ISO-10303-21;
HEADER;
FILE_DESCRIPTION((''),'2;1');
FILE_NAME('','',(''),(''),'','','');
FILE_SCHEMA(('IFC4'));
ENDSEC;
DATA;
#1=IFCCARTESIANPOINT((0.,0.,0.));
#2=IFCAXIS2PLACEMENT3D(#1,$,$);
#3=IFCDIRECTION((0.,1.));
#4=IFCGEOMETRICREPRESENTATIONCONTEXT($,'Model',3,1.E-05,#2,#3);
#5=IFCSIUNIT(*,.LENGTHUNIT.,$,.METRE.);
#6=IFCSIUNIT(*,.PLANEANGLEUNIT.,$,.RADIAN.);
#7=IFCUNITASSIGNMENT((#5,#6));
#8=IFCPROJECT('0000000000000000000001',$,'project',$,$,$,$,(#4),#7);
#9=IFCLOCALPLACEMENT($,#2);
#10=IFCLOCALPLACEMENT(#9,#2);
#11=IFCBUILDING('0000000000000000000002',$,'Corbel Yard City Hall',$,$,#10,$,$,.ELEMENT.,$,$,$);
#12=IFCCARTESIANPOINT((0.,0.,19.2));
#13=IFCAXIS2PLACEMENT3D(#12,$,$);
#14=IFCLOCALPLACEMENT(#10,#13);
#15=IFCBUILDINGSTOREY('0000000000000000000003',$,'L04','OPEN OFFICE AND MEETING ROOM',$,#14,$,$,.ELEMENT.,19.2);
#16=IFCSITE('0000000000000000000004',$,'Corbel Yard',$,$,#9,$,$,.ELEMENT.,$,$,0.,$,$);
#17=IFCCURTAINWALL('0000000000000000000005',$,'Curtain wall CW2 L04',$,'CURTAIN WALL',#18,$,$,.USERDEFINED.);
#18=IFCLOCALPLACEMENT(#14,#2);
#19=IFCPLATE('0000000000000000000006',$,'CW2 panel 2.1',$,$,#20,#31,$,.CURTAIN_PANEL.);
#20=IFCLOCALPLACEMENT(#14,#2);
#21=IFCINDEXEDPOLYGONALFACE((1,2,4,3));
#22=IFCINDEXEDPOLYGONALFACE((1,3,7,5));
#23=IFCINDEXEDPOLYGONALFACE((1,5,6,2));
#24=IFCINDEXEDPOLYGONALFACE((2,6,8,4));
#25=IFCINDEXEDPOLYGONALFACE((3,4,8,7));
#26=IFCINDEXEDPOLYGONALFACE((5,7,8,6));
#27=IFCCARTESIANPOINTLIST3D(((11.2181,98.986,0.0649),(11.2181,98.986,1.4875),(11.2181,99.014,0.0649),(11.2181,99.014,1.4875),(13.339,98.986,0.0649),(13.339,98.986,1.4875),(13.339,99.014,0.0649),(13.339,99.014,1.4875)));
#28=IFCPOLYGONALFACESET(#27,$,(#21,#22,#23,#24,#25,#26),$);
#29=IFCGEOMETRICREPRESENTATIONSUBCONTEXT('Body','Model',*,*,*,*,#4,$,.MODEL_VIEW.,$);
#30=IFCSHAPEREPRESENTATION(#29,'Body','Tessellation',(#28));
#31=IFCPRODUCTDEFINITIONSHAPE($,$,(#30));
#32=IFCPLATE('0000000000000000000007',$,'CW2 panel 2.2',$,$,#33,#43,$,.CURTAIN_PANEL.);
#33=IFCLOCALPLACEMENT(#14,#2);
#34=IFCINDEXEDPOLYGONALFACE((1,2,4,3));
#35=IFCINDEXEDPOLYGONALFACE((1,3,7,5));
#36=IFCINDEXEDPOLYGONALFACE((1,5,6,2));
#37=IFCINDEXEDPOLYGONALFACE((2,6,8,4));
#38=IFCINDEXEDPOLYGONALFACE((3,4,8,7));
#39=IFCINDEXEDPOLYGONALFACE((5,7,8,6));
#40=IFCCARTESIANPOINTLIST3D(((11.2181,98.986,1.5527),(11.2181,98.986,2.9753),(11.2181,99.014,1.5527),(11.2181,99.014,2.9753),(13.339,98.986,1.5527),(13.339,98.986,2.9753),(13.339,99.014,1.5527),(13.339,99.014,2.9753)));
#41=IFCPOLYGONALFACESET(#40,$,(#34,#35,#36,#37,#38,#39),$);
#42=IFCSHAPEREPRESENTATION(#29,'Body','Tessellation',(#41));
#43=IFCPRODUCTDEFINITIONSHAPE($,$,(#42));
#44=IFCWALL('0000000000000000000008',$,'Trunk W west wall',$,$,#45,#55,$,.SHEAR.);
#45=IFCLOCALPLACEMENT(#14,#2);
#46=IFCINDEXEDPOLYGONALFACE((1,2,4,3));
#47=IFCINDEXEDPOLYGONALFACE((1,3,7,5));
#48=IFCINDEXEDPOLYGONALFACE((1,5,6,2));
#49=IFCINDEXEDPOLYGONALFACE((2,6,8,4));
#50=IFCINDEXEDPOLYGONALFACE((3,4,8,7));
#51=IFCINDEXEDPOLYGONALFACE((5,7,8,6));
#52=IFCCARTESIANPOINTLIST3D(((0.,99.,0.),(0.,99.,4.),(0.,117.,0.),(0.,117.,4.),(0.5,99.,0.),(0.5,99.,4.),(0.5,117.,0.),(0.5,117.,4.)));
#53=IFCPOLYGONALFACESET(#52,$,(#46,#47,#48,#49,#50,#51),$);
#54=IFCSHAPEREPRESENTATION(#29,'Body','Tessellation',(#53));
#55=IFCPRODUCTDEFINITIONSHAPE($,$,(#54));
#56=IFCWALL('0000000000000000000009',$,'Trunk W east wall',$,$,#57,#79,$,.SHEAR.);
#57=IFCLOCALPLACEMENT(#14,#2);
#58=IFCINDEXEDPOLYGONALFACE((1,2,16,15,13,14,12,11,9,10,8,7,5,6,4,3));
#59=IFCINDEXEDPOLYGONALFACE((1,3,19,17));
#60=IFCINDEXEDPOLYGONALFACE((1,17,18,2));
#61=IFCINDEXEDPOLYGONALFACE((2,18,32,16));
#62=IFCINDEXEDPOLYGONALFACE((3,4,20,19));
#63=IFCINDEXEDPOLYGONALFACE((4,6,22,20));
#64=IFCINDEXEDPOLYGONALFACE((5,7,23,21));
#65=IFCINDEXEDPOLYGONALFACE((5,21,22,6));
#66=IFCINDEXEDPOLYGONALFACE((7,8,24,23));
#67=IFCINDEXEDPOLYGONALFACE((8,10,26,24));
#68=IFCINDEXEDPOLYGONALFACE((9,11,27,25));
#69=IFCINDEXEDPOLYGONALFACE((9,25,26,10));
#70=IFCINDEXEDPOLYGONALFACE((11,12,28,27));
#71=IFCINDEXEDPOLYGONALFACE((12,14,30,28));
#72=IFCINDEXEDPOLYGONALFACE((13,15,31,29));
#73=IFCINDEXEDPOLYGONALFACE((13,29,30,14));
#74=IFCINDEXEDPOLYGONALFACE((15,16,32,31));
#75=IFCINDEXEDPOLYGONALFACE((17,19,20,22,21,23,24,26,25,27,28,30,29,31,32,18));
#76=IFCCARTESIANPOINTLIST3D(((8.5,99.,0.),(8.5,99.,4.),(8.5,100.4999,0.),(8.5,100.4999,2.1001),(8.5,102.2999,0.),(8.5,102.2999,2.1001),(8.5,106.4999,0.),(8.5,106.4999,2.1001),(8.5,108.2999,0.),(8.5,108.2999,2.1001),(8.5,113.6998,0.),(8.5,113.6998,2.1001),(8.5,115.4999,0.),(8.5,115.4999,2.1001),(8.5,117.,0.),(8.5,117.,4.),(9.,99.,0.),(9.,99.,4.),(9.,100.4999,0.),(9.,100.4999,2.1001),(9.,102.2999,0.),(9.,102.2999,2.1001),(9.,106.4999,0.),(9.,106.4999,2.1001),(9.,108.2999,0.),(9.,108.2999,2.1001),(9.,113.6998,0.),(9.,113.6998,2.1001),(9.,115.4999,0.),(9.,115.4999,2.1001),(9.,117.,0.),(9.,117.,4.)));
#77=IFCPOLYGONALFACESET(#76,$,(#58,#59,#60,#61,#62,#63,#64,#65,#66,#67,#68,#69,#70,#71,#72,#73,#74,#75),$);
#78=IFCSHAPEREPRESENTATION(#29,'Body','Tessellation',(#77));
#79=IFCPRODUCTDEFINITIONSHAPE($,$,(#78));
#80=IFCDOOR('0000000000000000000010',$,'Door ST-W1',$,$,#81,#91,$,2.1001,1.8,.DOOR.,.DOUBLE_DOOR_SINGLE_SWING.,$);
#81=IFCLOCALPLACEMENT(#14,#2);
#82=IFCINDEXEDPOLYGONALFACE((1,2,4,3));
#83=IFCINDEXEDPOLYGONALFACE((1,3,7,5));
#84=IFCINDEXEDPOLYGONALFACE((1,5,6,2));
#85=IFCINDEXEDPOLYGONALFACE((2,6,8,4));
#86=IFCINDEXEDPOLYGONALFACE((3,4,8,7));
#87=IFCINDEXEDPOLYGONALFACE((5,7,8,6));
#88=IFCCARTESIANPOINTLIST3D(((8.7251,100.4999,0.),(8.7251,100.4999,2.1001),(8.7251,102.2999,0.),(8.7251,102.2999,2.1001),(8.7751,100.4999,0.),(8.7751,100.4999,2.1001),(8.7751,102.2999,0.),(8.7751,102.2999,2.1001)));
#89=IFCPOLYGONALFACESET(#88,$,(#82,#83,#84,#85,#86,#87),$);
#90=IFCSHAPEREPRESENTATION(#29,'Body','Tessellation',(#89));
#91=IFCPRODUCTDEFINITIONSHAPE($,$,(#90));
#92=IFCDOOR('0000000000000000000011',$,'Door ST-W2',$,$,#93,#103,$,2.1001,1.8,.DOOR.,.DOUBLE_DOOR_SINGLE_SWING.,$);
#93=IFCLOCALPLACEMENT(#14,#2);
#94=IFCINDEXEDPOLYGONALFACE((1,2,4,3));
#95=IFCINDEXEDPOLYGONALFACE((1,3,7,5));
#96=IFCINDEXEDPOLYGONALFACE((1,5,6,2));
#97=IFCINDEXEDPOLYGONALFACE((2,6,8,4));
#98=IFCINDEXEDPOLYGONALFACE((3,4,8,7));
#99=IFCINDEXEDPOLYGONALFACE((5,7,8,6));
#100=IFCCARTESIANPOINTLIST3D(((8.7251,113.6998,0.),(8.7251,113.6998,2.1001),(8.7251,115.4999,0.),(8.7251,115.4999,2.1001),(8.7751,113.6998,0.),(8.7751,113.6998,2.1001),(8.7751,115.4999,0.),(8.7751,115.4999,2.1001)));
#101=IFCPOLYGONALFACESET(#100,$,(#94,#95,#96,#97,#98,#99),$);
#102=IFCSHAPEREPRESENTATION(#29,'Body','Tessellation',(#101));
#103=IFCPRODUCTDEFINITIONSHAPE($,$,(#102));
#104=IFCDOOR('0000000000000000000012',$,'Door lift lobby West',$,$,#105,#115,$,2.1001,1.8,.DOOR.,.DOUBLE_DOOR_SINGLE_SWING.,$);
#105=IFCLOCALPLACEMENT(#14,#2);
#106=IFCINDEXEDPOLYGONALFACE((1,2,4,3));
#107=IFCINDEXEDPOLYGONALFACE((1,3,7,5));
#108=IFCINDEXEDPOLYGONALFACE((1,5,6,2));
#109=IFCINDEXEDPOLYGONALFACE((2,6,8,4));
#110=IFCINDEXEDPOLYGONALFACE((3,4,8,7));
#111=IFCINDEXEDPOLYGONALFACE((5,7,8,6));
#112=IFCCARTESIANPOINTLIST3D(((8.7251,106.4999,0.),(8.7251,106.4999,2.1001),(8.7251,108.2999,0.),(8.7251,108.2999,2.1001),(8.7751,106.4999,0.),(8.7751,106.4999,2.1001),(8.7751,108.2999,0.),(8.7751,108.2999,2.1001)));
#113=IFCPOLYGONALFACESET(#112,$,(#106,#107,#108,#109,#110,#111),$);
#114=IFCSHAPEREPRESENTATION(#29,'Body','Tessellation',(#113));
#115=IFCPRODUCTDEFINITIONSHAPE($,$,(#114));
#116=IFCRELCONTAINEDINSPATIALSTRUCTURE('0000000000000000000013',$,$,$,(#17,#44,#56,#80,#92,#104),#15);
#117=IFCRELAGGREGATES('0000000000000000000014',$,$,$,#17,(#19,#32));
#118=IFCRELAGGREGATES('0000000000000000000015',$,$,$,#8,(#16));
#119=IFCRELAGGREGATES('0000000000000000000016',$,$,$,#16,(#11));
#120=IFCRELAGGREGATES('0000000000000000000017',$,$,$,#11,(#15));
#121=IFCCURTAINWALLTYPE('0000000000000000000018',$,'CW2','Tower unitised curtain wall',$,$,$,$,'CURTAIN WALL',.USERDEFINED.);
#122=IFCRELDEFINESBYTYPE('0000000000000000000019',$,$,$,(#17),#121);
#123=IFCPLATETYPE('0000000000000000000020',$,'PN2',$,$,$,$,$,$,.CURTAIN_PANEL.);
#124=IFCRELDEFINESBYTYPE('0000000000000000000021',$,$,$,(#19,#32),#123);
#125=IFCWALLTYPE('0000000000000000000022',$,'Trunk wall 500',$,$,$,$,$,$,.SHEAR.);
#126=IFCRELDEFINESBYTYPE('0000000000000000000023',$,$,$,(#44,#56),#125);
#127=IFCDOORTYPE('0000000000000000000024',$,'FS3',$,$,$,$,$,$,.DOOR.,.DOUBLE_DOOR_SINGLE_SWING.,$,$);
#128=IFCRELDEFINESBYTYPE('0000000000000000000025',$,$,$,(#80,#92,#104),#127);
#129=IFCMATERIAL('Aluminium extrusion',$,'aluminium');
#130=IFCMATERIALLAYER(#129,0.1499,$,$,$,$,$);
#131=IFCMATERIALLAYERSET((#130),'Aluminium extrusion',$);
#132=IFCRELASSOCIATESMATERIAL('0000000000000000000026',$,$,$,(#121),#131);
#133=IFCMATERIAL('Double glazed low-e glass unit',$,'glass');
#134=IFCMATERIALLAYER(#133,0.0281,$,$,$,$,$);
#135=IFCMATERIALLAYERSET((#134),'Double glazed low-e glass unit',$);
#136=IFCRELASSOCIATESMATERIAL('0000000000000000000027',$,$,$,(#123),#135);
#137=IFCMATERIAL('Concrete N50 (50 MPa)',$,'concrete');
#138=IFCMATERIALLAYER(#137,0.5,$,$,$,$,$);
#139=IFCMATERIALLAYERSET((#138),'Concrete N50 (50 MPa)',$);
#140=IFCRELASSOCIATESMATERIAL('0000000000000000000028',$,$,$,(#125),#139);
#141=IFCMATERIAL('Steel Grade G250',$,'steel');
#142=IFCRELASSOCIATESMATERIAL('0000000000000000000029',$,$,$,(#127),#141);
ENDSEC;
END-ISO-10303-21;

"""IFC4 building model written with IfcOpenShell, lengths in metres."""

from ifc_helpers import new_model, si_unit, direction, frame, frame_2d, origin, origin_2d, place, context, subcontext, project, spatial, rectangle, extrude, material, layer, layer_set, type_object, element, fill, aggregate, save


model = new_model("IFC4")

# Units and contexts
model_context = context("Model", 3, precision=1e-05, world=origin(), true_north=direction((0.0, 1.0)))
body_context = subcontext(model_context, "Body", "Model", "MODEL_VIEW")
ifc_project = project(units=[si_unit("LENGTHUNIT", "METRE"), si_unit("PLANEANGLEUNIT", "RADIAN")], contexts=[model_context])

# Site, building, storey
site_placement = place(None, origin())
site = spatial("IfcSite", under=ifc_project, at=site_placement, Name="Corbel Yard", CompositionType="ELEMENT", RefElevation=0.0)
building_placement = place(site_placement, origin())
building = spatial("IfcBuilding", under=site, at=building_placement, Name="Corbel Yard City Hall", CompositionType="ELEMENT")
storey_placement = place(building_placement, frame((0.0, 0.0, 19.2)))
storey = spatial("IfcBuildingStorey", under=building, at=storey_placement, Name="L04", Description="OPEN OFFICE AND MEETING ROOM", CompositionType="ELEMENT", Elevation=19.2)

# Curtain wall, plates
ifc_material_1 = material(Name="Aluminium extrusion", Category="aluminium")
ifc_layer_1 = layer(ifc_material_1, 0.1499)
ifc_layer_set_1 = layer_set([ifc_layer_1], Name="Aluminium extrusion")
curtain_wall_type = type_object("IfcCurtainWallType", Name="CW2", Description="Tower unitised curtain wall", ElementType="CURTAIN WALL", PredefinedType="USERDEFINED", material=ifc_layer_set_1)
curtain_wall_placement = place(storey_placement, origin())
curtain_wall = element("IfcCurtainWall", 1, at=curtain_wall_placement, inside=storey, type_object=curtain_wall_type, Name="Curtain wall CW2 L04", ObjectType="CURTAIN WALL", PredefinedType="USERDEFINED")
ifc_material_2 = material(Name="Double glazed low-e glass unit", Category="glass")
ifc_layer_2 = layer(ifc_material_2, 0.0281)
ifc_layer_set_2 = layer_set([ifc_layer_2], Name="Double glazed low-e glass unit")
plate_type = type_object("IfcPlateType", Name="PN2", PredefinedType="CURTAIN_PANEL", material=ifc_layer_set_2)
plate_1_placement = place(storey_placement, frame((12.2786, 99.0, 0.0649), z_axis=(0.0, 0.0, 1.0), x_axis=(1.0, 0.0, 0.0)))
plate_1 = element("IfcPlate", 2, at=plate_1_placement, type_object=plate_type, Name="CW2 panel 2.1", PredefinedType="CURTAIN_PANEL", context=body_context, shape_type="SweptSolid", body=[
    extrude(rectangle(XDim=2.1208, YDim=0.0281, at=origin_2d()), origin(), (0.0, 0.0, 1.0), 1.4226),
])
plate_2_placement = place(storey_placement, frame((12.2786, 99.0, 1.5527), z_axis=(0.0, 0.0, 1.0), x_axis=(1.0, 0.0, 0.0)))
plate_2 = element("IfcPlate", 3, at=plate_2_placement, type_object=plate_type, Name="CW2 panel 2.2", PredefinedType="CURTAIN_PANEL", context=body_context, shape_type="SweptSolid", body=[
    extrude(rectangle(XDim=2.1208, YDim=0.0281, at=origin_2d()), origin(), (0.0, 0.0, 1.0), 1.4226),
])
aggregate(curtain_wall, [plate_1, plate_2])

# Wall
ifc_material_3 = material(Name="Concrete N50 (50 MPa)", Category="concrete")
ifc_layer_3 = layer(ifc_material_3, 0.5)
ifc_layer_set_3 = layer_set([ifc_layer_3], Name="Concrete N50 (50 MPa)")
wall_type = type_object("IfcWallType", Name="Trunk wall 500", PredefinedType="SHEAR", material=ifc_layer_set_3)
wall_1_placement = place(storey_placement, frame((0.25, 99.0, 0.0), z_axis=(0.0, 0.0, 1.0), x_axis=(0.0, 1.0, 0.0)))
element("IfcWall", 4, at=wall_1_placement, inside=storey, type_object=wall_type, Name="Trunk W west wall", PredefinedType="SHEAR", context=body_context, shape_type="SweptSolid", body=[
    extrude(rectangle(XDim=18.0, YDim=0.5, at=frame_2d((9.0, 0.0))), origin(), (0.0, 0.0, 1.0), 4.0),
])

# Wall, openings, doors
wall_2_placement = place(storey_placement, frame((8.75, 99.0, 0.0), z_axis=(0.0, 0.0, 1.0), x_axis=(0.0, 1.0, 0.0)))
wall_2 = element("IfcWall", 5, at=wall_2_placement, inside=storey, type_object=wall_type, Name="Trunk W east wall", PredefinedType="SHEAR", context=body_context, shape_type="SweptSolid", body=[
    extrude(rectangle(XDim=18.0, YDim=0.5, at=frame_2d((9.0, 0.0))), origin(), (0.0, 0.0, 1.0), 4.0),
])
opening_1_placement = place(wall_2_placement, frame((1.5, 0.0, 0.0)))
opening_1 = element("IfcOpeningElement", 6, at=opening_1_placement, cuts=wall_2, PredefinedType="OPENING", context=body_context, shape_type="SweptSolid", body=[
    extrude(rectangle(XDim=1.8, YDim=2.1001, at=frame_2d((0.8999, 1.05))), frame((0.0, 0.26, 0.0), z_axis=(0.0, -1.0, 0.0), x_axis=(1.0, 0.0, 0.0)), (0.0, 0.0, 1.0), 0.52),
])
opening_2_placement = place(wall_2_placement, frame((14.7, 0.0, 0.0)))
opening_2 = element("IfcOpeningElement", 7, at=opening_2_placement, cuts=wall_2, PredefinedType="OPENING", context=body_context, shape_type="SweptSolid", body=[
    extrude(rectangle(XDim=1.8, YDim=2.1001, at=frame_2d((0.8999, 1.05))), frame((0.0, 0.26, 0.0), z_axis=(0.0, -1.0, 0.0), x_axis=(1.0, 0.0, 0.0)), (0.0, 0.0, 1.0), 0.52),
])
opening_3_placement = place(wall_2_placement, frame((7.5, 0.0, 0.0)))
opening_3 = element("IfcOpeningElement", 8, at=opening_3_placement, cuts=wall_2, PredefinedType="OPENING", context=body_context, shape_type="SweptSolid", body=[
    extrude(rectangle(XDim=1.8, YDim=2.1001, at=frame_2d((0.8999, 1.05))), frame((0.0, 0.26, 0.0), z_axis=(0.0, -1.0, 0.0), x_axis=(1.0, 0.0, 0.0)), (0.0, 0.0, 1.0), 0.52),
])
ifc_material_4 = material(Name="Steel Grade G250", Category="steel")
door_type = type_object("IfcDoorType", Name="FS3", OperationType="DOUBLE_DOOR_SINGLE_SWING", PredefinedType="DOOR", material=ifc_material_4)
door_1_placement = place(opening_1_placement, origin())
door_1 = element("IfcDoor", 9, at=door_1_placement, inside=storey, type_object=door_type, Name="Door ST-W1", OperationType="DOUBLE_DOOR_SINGLE_SWING", OverallHeight=2.1001, OverallWidth=1.8, PredefinedType="DOOR", context=body_context, shape_type="SweptSolid", body=[
    extrude(rectangle(XDim=1.8, YDim=2.1001, at=frame_2d((0.8999, 1.05))), frame((0.0, 0.0249, 0.0), z_axis=(0.0, -1.0, 0.0), x_axis=(1.0, 0.0, 0.0)), (0.0, 0.0, 1.0), 0.05),
])
fill(opening_1, door_1)
door_2_placement = place(opening_2_placement, origin())
door_2 = element("IfcDoor", 10, at=door_2_placement, inside=storey, type_object=door_type, Name="Door ST-W2", OperationType="DOUBLE_DOOR_SINGLE_SWING", OverallHeight=2.1001, OverallWidth=1.8, PredefinedType="DOOR", context=body_context, shape_type="SweptSolid", body=[
    extrude(rectangle(XDim=1.8, YDim=2.1001, at=frame_2d((0.8999, 1.05))), frame((0.0, 0.0249, 0.0), z_axis=(0.0, -1.0, 0.0), x_axis=(1.0, 0.0, 0.0)), (0.0, 0.0, 1.0), 0.05),
])
fill(opening_2, door_2)
door_3_placement = place(opening_3_placement, origin())
door_3 = element("IfcDoor", 11, at=door_3_placement, inside=storey, type_object=door_type, Name="Door lift lobby West", OperationType="DOUBLE_DOOR_SINGLE_SWING", OverallHeight=2.1001, OverallWidth=1.8, PredefinedType="DOOR", context=body_context, shape_type="SweptSolid", body=[
    extrude(rectangle(XDim=1.8, YDim=2.1001, at=frame_2d((0.8999, 1.05))), frame((0.0, 0.0249, 0.0), z_axis=(0.0, -1.0, 0.0), x_axis=(1.0, 0.0, 0.0)), (0.0, 0.0, 1.0), 0.05),
])
fill(opening_3, door_3)

save(model, "model.ifc")
